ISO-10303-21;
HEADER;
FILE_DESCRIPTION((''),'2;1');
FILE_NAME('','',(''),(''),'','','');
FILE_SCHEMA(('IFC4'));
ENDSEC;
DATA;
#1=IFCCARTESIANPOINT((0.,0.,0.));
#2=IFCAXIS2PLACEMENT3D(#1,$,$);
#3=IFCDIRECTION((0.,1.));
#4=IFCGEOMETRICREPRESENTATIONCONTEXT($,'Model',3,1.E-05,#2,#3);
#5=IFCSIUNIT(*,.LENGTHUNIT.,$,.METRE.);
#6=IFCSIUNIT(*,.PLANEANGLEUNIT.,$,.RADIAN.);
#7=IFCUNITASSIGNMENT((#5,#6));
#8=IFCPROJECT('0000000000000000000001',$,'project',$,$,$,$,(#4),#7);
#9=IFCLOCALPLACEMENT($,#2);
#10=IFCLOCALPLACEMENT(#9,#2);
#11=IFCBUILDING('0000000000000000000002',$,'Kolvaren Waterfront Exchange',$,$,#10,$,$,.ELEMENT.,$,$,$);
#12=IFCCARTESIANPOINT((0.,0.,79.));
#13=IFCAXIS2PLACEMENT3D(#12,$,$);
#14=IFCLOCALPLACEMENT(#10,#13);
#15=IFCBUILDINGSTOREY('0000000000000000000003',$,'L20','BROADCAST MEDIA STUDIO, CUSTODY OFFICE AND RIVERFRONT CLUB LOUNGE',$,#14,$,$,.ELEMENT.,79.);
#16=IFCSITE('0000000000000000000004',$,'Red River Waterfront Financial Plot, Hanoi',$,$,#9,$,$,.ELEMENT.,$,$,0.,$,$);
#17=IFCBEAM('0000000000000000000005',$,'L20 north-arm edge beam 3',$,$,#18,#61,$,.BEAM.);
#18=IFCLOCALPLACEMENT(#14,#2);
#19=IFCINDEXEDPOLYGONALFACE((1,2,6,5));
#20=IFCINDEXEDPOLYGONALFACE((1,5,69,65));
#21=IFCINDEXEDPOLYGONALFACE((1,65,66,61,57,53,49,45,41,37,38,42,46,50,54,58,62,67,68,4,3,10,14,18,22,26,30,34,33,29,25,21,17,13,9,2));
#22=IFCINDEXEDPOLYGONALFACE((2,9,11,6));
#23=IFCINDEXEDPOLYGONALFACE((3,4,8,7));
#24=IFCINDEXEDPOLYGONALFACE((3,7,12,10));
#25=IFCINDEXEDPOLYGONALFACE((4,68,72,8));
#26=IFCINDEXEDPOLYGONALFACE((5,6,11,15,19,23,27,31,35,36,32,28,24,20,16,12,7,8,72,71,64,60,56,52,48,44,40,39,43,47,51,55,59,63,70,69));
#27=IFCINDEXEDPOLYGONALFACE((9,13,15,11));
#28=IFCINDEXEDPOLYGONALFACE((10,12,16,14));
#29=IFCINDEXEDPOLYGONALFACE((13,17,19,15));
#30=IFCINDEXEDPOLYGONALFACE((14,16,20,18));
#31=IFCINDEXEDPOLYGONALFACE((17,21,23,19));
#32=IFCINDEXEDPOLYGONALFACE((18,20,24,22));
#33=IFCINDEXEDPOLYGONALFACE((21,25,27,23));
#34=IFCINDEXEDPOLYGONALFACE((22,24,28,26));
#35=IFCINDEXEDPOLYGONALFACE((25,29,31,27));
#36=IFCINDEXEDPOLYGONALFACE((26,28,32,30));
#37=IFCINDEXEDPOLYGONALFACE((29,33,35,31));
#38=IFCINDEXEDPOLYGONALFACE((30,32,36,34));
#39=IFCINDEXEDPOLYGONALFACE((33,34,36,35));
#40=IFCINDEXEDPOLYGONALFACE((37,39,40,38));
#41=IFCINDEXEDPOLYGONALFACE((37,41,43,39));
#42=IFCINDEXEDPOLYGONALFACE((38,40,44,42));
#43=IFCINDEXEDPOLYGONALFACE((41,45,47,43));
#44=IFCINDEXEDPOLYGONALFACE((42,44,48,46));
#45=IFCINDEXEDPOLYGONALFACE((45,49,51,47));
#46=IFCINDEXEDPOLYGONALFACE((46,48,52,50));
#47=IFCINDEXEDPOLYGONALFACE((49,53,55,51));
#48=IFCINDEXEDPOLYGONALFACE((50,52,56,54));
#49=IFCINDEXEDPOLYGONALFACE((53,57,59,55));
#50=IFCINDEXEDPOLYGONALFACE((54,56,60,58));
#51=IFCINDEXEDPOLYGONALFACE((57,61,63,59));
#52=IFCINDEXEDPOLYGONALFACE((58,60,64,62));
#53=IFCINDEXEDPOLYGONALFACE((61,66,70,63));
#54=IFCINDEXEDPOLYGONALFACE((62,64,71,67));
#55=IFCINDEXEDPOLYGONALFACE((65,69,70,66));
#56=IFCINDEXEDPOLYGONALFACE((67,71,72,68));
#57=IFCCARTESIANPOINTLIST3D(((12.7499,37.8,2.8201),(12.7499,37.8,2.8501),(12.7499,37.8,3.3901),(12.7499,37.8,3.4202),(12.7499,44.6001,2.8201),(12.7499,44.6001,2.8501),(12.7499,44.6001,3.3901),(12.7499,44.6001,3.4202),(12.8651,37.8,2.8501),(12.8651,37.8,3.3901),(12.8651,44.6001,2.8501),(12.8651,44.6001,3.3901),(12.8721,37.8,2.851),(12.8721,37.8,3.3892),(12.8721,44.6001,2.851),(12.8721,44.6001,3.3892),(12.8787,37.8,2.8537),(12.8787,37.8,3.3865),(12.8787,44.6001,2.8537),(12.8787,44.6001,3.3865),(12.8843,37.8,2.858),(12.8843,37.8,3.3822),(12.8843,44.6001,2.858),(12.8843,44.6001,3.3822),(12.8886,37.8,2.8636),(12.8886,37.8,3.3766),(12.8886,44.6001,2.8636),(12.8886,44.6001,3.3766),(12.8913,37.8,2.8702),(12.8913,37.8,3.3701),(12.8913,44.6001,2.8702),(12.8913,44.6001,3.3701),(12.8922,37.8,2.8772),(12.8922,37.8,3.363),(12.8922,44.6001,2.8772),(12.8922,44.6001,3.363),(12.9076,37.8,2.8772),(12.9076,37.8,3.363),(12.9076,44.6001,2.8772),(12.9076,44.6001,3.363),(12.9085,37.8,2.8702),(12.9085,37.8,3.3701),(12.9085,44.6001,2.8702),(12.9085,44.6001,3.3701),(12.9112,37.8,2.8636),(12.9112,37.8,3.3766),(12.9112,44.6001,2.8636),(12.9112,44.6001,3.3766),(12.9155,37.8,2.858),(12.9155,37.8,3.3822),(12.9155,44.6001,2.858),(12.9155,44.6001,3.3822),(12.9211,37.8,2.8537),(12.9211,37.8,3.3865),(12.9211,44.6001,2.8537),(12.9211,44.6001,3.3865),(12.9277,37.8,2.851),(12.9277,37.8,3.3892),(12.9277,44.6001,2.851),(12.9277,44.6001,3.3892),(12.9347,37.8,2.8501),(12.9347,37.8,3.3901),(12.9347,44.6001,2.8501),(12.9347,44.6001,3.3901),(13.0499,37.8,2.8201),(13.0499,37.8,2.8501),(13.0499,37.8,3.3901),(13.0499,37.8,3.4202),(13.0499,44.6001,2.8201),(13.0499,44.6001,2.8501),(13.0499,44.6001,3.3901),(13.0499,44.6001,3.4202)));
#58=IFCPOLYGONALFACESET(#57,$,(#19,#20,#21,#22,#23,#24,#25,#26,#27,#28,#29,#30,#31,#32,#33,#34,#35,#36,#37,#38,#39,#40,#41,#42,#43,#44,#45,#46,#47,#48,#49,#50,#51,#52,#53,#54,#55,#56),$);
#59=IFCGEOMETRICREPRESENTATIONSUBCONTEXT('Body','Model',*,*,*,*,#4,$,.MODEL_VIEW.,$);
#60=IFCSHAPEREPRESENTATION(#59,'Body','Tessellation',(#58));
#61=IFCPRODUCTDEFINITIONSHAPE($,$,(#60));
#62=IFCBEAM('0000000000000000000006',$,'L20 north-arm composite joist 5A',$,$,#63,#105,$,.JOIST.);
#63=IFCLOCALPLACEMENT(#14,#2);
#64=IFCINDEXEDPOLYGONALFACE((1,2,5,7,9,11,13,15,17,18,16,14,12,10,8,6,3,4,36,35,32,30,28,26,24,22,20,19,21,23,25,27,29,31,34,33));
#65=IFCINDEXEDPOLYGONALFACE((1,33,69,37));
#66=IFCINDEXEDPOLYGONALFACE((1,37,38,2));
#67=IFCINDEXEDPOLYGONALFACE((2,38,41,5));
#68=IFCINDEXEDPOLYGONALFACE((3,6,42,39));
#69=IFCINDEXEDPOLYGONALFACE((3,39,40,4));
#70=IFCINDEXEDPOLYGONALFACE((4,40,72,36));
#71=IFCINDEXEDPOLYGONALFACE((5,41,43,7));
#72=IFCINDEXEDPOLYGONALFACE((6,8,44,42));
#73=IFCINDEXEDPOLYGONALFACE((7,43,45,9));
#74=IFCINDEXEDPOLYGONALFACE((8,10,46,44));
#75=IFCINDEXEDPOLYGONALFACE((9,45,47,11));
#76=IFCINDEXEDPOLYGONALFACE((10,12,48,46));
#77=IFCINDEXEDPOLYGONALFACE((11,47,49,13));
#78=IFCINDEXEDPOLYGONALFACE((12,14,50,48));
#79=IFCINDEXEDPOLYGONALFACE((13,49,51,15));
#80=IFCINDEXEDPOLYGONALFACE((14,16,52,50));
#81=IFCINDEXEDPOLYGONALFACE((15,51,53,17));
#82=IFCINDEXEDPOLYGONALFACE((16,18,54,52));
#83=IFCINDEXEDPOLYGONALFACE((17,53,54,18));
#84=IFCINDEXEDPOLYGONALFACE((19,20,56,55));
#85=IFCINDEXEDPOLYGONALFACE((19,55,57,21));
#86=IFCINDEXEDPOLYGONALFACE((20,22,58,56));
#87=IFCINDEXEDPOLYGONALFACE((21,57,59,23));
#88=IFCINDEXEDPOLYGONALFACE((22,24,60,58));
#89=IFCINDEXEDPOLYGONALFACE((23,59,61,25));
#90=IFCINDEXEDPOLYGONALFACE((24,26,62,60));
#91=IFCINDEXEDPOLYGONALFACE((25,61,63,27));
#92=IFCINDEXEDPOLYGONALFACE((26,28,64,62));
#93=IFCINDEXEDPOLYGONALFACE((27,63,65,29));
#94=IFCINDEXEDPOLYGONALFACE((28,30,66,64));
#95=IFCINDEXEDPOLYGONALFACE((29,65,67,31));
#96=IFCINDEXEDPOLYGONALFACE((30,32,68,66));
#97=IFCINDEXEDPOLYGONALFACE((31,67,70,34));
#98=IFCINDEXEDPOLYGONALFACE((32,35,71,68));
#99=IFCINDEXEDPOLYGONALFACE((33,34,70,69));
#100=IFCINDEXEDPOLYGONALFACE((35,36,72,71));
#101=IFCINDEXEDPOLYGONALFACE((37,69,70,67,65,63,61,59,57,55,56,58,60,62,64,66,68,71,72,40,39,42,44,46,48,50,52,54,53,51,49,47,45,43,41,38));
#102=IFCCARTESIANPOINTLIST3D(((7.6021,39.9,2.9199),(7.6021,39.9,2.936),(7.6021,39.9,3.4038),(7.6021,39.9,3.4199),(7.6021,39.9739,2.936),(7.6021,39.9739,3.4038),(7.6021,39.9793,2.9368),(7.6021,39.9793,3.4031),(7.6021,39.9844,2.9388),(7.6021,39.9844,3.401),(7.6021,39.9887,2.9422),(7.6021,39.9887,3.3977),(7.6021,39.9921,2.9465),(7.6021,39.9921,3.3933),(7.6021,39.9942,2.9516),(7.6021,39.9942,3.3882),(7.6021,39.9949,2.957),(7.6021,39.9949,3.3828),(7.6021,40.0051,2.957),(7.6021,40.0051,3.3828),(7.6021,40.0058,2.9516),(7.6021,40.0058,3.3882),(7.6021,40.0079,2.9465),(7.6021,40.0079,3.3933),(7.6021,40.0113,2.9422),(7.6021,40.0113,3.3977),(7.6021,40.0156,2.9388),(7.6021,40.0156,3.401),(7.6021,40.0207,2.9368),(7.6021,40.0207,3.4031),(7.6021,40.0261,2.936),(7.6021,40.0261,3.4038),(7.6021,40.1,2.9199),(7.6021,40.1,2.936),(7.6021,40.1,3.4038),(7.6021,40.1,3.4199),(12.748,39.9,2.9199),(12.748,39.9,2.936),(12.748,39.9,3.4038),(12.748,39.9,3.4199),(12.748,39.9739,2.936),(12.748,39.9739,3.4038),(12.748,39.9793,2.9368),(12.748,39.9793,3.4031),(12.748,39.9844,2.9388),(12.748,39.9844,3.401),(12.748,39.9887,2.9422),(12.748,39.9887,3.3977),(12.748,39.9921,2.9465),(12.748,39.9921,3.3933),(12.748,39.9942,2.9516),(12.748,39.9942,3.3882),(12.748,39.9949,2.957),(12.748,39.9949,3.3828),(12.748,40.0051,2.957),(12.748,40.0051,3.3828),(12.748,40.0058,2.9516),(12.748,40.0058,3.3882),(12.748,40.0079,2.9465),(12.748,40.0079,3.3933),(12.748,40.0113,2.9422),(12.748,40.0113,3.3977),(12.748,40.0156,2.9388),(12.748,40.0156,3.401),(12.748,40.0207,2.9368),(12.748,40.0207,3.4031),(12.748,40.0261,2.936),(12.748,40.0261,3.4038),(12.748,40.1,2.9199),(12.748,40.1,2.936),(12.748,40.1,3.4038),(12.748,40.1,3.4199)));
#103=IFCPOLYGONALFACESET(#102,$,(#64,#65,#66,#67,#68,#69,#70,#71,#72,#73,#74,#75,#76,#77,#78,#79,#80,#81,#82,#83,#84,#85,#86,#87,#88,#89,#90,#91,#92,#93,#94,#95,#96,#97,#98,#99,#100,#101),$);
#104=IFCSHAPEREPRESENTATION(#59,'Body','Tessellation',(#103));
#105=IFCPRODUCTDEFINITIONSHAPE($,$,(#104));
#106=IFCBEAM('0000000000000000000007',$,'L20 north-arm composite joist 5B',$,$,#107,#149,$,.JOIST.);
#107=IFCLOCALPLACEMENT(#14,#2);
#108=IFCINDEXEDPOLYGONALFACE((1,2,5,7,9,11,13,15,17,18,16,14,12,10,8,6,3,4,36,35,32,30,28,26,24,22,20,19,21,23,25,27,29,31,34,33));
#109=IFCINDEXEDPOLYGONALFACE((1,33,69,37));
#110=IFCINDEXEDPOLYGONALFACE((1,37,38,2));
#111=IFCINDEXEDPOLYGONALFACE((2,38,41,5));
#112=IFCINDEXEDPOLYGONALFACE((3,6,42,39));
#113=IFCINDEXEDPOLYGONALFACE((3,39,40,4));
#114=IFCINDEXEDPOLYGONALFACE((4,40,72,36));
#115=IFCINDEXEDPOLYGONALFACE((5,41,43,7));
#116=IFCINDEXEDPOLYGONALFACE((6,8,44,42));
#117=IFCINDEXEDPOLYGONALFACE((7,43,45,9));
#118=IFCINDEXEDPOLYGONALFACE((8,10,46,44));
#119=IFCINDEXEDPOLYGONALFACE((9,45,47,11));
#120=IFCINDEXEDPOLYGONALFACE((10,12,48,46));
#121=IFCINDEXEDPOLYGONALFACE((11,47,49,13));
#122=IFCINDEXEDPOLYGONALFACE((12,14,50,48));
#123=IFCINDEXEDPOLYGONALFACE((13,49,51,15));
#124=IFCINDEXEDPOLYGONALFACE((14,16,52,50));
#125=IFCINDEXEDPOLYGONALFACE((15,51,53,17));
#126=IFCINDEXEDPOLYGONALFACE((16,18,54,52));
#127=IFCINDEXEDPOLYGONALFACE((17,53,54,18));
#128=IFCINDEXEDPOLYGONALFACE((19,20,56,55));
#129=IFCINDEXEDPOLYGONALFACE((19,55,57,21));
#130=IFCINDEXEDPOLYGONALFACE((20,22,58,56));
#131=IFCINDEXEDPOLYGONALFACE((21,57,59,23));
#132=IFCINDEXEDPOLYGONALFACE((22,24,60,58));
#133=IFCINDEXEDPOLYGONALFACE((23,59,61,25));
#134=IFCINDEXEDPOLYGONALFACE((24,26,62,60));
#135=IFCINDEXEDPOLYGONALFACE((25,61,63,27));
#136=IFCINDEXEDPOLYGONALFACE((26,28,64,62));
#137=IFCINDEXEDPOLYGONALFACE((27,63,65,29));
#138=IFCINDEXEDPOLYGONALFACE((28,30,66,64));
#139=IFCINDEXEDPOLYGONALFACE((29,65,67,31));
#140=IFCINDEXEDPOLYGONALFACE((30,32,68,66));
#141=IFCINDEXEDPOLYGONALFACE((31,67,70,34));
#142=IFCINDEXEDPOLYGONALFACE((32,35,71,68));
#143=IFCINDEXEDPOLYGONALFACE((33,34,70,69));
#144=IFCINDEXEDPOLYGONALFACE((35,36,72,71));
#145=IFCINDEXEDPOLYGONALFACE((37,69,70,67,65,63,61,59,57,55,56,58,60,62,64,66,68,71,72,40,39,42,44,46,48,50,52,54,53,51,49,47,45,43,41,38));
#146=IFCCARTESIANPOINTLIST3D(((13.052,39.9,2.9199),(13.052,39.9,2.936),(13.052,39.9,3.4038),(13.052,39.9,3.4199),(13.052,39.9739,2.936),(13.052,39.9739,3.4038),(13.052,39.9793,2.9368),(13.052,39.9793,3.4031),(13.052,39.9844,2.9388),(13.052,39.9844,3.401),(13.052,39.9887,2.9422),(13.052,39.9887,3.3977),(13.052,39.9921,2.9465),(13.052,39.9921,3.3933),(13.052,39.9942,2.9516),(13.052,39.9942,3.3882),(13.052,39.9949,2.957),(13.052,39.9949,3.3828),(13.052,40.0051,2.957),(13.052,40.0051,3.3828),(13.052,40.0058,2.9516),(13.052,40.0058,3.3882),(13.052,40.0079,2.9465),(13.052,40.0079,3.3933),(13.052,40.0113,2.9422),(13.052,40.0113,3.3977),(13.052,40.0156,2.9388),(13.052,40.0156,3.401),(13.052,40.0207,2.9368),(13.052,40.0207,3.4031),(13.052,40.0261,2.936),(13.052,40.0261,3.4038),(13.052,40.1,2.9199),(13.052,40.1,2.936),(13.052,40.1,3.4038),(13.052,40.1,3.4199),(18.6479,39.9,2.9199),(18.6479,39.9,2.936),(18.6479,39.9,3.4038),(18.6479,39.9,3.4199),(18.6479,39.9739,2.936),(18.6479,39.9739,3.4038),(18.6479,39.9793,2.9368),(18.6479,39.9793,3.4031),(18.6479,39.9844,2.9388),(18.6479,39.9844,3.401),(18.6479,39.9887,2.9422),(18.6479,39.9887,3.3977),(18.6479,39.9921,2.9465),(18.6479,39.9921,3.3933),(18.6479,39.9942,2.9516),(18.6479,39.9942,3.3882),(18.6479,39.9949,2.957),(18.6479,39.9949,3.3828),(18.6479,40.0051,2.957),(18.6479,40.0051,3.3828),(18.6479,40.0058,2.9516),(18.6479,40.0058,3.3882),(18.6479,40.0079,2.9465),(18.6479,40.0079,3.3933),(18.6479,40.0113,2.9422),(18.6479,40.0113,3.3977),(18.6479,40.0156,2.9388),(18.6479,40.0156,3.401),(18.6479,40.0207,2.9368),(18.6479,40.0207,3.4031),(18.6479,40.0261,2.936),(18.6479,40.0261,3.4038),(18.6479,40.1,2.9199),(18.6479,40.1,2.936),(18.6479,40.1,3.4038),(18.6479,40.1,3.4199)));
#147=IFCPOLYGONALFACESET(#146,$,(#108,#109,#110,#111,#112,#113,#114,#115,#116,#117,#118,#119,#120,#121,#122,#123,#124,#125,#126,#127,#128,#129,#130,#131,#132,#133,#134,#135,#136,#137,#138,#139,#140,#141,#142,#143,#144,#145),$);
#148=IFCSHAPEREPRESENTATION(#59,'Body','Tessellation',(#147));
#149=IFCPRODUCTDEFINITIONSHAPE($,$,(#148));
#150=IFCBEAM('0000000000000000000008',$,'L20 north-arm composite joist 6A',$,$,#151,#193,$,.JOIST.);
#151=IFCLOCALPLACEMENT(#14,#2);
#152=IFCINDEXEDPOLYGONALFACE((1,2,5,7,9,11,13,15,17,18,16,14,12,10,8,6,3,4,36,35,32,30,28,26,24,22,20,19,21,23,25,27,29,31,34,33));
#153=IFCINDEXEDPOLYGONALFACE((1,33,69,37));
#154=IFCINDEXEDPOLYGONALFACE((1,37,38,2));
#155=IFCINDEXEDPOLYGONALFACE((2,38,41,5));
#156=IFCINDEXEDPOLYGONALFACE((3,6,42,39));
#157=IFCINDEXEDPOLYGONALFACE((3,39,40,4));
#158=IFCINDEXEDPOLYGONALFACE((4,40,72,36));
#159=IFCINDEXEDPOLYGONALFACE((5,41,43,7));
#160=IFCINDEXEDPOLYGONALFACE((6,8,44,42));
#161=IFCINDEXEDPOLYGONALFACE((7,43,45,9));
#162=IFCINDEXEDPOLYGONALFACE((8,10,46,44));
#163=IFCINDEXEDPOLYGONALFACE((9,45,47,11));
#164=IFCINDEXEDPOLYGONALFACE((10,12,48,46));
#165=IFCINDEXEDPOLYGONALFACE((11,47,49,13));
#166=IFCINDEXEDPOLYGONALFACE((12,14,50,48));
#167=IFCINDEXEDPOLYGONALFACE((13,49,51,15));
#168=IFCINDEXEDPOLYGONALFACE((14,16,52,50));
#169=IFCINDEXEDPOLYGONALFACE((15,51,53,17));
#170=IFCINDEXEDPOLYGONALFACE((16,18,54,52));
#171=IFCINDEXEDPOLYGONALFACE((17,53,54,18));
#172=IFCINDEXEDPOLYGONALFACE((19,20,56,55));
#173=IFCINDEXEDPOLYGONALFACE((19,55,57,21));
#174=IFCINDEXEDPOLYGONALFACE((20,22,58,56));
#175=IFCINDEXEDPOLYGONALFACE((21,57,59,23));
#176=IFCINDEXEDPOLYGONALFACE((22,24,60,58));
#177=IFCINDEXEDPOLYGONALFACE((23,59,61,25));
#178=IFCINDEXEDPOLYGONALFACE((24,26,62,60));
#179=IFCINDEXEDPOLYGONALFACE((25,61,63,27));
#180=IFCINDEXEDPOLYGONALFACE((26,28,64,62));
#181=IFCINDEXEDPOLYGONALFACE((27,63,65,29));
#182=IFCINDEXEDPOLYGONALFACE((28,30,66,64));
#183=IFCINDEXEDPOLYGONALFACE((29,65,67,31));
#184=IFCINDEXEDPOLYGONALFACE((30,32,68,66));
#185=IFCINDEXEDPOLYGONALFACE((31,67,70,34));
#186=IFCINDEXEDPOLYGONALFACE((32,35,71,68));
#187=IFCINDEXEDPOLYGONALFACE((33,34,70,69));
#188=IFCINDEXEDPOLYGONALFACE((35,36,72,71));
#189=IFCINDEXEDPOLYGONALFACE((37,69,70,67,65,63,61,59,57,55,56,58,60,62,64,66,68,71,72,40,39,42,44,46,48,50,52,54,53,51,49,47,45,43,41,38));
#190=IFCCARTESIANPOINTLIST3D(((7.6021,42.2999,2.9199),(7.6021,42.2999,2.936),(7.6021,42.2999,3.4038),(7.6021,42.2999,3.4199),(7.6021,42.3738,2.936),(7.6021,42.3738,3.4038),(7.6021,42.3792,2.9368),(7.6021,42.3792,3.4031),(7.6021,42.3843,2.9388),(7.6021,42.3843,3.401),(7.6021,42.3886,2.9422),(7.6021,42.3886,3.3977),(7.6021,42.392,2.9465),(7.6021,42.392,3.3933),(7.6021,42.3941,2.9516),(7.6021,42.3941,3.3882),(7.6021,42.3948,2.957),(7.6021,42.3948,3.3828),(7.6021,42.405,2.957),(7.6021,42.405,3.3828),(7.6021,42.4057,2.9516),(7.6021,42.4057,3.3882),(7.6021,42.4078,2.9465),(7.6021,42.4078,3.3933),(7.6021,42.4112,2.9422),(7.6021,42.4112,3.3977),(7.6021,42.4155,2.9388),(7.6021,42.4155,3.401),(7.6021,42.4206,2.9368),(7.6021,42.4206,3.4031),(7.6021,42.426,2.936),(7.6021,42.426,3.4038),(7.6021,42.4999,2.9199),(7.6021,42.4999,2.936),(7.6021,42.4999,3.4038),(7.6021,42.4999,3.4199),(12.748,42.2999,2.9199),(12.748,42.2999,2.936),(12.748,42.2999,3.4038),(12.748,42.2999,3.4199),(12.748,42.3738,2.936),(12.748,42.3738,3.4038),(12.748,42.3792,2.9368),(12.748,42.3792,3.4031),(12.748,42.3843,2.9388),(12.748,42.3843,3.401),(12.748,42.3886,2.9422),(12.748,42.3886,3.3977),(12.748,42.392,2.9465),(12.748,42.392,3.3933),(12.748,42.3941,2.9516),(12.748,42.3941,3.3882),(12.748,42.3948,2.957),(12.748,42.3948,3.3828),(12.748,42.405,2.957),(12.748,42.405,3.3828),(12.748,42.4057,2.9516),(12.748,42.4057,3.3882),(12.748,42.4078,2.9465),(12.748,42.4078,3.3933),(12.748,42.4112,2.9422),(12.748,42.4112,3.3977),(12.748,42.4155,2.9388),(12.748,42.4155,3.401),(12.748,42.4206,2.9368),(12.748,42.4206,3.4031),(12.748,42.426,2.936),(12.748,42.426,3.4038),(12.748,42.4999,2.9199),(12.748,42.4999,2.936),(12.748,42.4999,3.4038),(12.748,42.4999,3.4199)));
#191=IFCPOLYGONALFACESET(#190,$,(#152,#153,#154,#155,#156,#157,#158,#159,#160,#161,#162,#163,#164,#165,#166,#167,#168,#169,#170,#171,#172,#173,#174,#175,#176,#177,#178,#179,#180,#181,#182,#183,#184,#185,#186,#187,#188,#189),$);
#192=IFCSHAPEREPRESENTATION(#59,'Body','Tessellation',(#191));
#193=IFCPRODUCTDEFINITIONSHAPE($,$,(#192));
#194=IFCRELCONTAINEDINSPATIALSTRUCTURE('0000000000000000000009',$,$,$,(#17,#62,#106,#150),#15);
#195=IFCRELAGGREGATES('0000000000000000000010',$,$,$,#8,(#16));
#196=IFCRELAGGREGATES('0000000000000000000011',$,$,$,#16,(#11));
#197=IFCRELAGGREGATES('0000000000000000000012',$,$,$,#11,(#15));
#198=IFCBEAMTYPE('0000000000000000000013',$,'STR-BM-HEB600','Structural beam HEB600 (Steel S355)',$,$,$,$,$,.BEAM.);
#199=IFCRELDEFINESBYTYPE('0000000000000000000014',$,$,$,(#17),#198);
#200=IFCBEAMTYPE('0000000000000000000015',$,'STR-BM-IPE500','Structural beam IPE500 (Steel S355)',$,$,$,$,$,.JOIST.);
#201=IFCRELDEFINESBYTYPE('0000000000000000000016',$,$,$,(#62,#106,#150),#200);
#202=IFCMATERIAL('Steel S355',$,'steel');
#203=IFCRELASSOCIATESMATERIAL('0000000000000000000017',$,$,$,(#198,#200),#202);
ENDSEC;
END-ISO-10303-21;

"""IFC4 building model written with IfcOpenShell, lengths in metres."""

from ifc_helpers import new_model, si_unit, direction, frame, origin, origin_2d, place, context, subcontext, project, spatial, i_section, extrude, material, material_profile, profile_set, type_object, element, save


model = new_model("IFC4")

# Units and contexts
model_context = context("Model", 3, precision=1e-05, world=origin(), true_north=direction((0.0, 1.0)))
body_context = subcontext(model_context, "Body", "Model", "MODEL_VIEW")
ifc_project = project(units=[si_unit("LENGTHUNIT", "METRE"), si_unit("PLANEANGLEUNIT", "RADIAN")], contexts=[model_context])

# Site, building, storey
site_placement = place(None, origin())
site = spatial("IfcSite", under=ifc_project, at=site_placement, Name="Red River Waterfront Financial Plot, Hanoi", CompositionType="ELEMENT", RefElevation=0.0)
building_placement = place(site_placement, origin())
building = spatial("IfcBuilding", under=site, at=building_placement, Name="Kolvaren Waterfront Exchange", CompositionType="ELEMENT")
storey_placement = place(building_placement, frame((0.0, 0.0, 79.0)))
storey = spatial("IfcBuildingStorey", under=building, at=storey_placement, Name="L20", Description="BROADCAST MEDIA STUDIO, CUSTODY OFFICE AND RIVERFRONT CLUB LOUNGE", CompositionType="ELEMENT", Elevation=79.0)

# Beams
ifc_material_1 = material(Name="Steel S355", Category="steel")
ifc_material_profile_1 = material_profile(ifc_material_1, i_section(OverallWidth=0.3, OverallDepth=0.6001, WebThickness=0.0154, FlangeThickness=0.03, FilletRadius=0.0271, at=origin_2d()), Name="HEB600")
ifc_profile_set_1 = profile_set([ifc_material_profile_1], Name="Steel S355")
beam_type_1 = type_object("IfcBeamType", Name="STR-BM-HEB600", Description="Structural beam HEB600 (Steel S355)", PredefinedType="BEAM", material=ifc_profile_set_1)
beam_1_placement = place(storey_placement, frame((12.8999, 37.8, 3.1201), z_axis=(0.0, 1.0, 0.0), x_axis=(-1.0, 0.0, 0.0)))
element("IfcBeam", 1, at=beam_1_placement, inside=storey, type_object=beam_type_1, Name="L20 north-arm edge beam 3", PredefinedType="BEAM", context=body_context, shape_type="SweptSolid", body=[
    extrude(i_section(OverallWidth=0.3, OverallDepth=0.6001, WebThickness=0.0154, FlangeThickness=0.03, FilletRadius=0.0271, at=origin_2d()), origin(), (0.0, 0.0, 1.0), 6.8),
])
ifc_material_profile_2 = material_profile(ifc_material_1, i_section(OverallWidth=0.2, OverallDepth=0.5, WebThickness=0.0103, FlangeThickness=0.0161, FilletRadius=0.021, at=origin_2d()), Name="IPE500")
ifc_profile_set_2 = profile_set([ifc_material_profile_2], Name="Steel S355")
beam_type_2 = type_object("IfcBeamType", Name="STR-BM-IPE500", Description="Structural beam IPE500 (Steel S355)", PredefinedType="JOIST", material=ifc_profile_set_2)
beam_2_placement = place(storey_placement, frame((7.6021, 40.0, 3.1699), z_axis=(1.0, 0.0, 0.0), x_axis=(0.0, 1.0, 0.0)))
element("IfcBeam", 2, at=beam_2_placement, inside=storey, type_object=beam_type_2, Name="L20 north-arm composite joist 5A", PredefinedType="JOIST", context=body_context, shape_type="SweptSolid", body=[
    extrude(i_section(OverallWidth=0.2, OverallDepth=0.5, WebThickness=0.0103, FlangeThickness=0.0161, FilletRadius=0.021, at=origin_2d()), origin(), (0.0, 0.0, 1.0), 5.146),
])
beam_3_placement = place(storey_placement, frame((13.052, 40.0, 3.1699), z_axis=(1.0, 0.0, 0.0), x_axis=(0.0, 1.0, 0.0)))
element("IfcBeam", 3, at=beam_3_placement, inside=storey, type_object=beam_type_2, Name="L20 north-arm composite joist 5B", PredefinedType="JOIST", context=body_context, shape_type="SweptSolid", body=[
    extrude(i_section(OverallWidth=0.2, OverallDepth=0.5, WebThickness=0.0103, FlangeThickness=0.0161, FilletRadius=0.021, at=origin_2d()), origin(), (0.0, 0.0, 1.0), 5.5959),
])
beam_4_placement = place(storey_placement, frame((7.6021, 42.3999, 3.1699), z_axis=(1.0, 0.0, 0.0), x_axis=(0.0, 1.0, 0.0)))
element("IfcBeam", 4, at=beam_4_placement, inside=storey, type_object=beam_type_2, Name="L20 north-arm composite joist 6A", PredefinedType="JOIST", context=body_context, shape_type="SweptSolid", body=[
    extrude(i_section(OverallWidth=0.2, OverallDepth=0.5, WebThickness=0.0103, FlangeThickness=0.0161, FilletRadius=0.021, at=origin_2d()), origin(), (0.0, 0.0, 1.0), 5.146),
])

save(model, "model.ifc")
